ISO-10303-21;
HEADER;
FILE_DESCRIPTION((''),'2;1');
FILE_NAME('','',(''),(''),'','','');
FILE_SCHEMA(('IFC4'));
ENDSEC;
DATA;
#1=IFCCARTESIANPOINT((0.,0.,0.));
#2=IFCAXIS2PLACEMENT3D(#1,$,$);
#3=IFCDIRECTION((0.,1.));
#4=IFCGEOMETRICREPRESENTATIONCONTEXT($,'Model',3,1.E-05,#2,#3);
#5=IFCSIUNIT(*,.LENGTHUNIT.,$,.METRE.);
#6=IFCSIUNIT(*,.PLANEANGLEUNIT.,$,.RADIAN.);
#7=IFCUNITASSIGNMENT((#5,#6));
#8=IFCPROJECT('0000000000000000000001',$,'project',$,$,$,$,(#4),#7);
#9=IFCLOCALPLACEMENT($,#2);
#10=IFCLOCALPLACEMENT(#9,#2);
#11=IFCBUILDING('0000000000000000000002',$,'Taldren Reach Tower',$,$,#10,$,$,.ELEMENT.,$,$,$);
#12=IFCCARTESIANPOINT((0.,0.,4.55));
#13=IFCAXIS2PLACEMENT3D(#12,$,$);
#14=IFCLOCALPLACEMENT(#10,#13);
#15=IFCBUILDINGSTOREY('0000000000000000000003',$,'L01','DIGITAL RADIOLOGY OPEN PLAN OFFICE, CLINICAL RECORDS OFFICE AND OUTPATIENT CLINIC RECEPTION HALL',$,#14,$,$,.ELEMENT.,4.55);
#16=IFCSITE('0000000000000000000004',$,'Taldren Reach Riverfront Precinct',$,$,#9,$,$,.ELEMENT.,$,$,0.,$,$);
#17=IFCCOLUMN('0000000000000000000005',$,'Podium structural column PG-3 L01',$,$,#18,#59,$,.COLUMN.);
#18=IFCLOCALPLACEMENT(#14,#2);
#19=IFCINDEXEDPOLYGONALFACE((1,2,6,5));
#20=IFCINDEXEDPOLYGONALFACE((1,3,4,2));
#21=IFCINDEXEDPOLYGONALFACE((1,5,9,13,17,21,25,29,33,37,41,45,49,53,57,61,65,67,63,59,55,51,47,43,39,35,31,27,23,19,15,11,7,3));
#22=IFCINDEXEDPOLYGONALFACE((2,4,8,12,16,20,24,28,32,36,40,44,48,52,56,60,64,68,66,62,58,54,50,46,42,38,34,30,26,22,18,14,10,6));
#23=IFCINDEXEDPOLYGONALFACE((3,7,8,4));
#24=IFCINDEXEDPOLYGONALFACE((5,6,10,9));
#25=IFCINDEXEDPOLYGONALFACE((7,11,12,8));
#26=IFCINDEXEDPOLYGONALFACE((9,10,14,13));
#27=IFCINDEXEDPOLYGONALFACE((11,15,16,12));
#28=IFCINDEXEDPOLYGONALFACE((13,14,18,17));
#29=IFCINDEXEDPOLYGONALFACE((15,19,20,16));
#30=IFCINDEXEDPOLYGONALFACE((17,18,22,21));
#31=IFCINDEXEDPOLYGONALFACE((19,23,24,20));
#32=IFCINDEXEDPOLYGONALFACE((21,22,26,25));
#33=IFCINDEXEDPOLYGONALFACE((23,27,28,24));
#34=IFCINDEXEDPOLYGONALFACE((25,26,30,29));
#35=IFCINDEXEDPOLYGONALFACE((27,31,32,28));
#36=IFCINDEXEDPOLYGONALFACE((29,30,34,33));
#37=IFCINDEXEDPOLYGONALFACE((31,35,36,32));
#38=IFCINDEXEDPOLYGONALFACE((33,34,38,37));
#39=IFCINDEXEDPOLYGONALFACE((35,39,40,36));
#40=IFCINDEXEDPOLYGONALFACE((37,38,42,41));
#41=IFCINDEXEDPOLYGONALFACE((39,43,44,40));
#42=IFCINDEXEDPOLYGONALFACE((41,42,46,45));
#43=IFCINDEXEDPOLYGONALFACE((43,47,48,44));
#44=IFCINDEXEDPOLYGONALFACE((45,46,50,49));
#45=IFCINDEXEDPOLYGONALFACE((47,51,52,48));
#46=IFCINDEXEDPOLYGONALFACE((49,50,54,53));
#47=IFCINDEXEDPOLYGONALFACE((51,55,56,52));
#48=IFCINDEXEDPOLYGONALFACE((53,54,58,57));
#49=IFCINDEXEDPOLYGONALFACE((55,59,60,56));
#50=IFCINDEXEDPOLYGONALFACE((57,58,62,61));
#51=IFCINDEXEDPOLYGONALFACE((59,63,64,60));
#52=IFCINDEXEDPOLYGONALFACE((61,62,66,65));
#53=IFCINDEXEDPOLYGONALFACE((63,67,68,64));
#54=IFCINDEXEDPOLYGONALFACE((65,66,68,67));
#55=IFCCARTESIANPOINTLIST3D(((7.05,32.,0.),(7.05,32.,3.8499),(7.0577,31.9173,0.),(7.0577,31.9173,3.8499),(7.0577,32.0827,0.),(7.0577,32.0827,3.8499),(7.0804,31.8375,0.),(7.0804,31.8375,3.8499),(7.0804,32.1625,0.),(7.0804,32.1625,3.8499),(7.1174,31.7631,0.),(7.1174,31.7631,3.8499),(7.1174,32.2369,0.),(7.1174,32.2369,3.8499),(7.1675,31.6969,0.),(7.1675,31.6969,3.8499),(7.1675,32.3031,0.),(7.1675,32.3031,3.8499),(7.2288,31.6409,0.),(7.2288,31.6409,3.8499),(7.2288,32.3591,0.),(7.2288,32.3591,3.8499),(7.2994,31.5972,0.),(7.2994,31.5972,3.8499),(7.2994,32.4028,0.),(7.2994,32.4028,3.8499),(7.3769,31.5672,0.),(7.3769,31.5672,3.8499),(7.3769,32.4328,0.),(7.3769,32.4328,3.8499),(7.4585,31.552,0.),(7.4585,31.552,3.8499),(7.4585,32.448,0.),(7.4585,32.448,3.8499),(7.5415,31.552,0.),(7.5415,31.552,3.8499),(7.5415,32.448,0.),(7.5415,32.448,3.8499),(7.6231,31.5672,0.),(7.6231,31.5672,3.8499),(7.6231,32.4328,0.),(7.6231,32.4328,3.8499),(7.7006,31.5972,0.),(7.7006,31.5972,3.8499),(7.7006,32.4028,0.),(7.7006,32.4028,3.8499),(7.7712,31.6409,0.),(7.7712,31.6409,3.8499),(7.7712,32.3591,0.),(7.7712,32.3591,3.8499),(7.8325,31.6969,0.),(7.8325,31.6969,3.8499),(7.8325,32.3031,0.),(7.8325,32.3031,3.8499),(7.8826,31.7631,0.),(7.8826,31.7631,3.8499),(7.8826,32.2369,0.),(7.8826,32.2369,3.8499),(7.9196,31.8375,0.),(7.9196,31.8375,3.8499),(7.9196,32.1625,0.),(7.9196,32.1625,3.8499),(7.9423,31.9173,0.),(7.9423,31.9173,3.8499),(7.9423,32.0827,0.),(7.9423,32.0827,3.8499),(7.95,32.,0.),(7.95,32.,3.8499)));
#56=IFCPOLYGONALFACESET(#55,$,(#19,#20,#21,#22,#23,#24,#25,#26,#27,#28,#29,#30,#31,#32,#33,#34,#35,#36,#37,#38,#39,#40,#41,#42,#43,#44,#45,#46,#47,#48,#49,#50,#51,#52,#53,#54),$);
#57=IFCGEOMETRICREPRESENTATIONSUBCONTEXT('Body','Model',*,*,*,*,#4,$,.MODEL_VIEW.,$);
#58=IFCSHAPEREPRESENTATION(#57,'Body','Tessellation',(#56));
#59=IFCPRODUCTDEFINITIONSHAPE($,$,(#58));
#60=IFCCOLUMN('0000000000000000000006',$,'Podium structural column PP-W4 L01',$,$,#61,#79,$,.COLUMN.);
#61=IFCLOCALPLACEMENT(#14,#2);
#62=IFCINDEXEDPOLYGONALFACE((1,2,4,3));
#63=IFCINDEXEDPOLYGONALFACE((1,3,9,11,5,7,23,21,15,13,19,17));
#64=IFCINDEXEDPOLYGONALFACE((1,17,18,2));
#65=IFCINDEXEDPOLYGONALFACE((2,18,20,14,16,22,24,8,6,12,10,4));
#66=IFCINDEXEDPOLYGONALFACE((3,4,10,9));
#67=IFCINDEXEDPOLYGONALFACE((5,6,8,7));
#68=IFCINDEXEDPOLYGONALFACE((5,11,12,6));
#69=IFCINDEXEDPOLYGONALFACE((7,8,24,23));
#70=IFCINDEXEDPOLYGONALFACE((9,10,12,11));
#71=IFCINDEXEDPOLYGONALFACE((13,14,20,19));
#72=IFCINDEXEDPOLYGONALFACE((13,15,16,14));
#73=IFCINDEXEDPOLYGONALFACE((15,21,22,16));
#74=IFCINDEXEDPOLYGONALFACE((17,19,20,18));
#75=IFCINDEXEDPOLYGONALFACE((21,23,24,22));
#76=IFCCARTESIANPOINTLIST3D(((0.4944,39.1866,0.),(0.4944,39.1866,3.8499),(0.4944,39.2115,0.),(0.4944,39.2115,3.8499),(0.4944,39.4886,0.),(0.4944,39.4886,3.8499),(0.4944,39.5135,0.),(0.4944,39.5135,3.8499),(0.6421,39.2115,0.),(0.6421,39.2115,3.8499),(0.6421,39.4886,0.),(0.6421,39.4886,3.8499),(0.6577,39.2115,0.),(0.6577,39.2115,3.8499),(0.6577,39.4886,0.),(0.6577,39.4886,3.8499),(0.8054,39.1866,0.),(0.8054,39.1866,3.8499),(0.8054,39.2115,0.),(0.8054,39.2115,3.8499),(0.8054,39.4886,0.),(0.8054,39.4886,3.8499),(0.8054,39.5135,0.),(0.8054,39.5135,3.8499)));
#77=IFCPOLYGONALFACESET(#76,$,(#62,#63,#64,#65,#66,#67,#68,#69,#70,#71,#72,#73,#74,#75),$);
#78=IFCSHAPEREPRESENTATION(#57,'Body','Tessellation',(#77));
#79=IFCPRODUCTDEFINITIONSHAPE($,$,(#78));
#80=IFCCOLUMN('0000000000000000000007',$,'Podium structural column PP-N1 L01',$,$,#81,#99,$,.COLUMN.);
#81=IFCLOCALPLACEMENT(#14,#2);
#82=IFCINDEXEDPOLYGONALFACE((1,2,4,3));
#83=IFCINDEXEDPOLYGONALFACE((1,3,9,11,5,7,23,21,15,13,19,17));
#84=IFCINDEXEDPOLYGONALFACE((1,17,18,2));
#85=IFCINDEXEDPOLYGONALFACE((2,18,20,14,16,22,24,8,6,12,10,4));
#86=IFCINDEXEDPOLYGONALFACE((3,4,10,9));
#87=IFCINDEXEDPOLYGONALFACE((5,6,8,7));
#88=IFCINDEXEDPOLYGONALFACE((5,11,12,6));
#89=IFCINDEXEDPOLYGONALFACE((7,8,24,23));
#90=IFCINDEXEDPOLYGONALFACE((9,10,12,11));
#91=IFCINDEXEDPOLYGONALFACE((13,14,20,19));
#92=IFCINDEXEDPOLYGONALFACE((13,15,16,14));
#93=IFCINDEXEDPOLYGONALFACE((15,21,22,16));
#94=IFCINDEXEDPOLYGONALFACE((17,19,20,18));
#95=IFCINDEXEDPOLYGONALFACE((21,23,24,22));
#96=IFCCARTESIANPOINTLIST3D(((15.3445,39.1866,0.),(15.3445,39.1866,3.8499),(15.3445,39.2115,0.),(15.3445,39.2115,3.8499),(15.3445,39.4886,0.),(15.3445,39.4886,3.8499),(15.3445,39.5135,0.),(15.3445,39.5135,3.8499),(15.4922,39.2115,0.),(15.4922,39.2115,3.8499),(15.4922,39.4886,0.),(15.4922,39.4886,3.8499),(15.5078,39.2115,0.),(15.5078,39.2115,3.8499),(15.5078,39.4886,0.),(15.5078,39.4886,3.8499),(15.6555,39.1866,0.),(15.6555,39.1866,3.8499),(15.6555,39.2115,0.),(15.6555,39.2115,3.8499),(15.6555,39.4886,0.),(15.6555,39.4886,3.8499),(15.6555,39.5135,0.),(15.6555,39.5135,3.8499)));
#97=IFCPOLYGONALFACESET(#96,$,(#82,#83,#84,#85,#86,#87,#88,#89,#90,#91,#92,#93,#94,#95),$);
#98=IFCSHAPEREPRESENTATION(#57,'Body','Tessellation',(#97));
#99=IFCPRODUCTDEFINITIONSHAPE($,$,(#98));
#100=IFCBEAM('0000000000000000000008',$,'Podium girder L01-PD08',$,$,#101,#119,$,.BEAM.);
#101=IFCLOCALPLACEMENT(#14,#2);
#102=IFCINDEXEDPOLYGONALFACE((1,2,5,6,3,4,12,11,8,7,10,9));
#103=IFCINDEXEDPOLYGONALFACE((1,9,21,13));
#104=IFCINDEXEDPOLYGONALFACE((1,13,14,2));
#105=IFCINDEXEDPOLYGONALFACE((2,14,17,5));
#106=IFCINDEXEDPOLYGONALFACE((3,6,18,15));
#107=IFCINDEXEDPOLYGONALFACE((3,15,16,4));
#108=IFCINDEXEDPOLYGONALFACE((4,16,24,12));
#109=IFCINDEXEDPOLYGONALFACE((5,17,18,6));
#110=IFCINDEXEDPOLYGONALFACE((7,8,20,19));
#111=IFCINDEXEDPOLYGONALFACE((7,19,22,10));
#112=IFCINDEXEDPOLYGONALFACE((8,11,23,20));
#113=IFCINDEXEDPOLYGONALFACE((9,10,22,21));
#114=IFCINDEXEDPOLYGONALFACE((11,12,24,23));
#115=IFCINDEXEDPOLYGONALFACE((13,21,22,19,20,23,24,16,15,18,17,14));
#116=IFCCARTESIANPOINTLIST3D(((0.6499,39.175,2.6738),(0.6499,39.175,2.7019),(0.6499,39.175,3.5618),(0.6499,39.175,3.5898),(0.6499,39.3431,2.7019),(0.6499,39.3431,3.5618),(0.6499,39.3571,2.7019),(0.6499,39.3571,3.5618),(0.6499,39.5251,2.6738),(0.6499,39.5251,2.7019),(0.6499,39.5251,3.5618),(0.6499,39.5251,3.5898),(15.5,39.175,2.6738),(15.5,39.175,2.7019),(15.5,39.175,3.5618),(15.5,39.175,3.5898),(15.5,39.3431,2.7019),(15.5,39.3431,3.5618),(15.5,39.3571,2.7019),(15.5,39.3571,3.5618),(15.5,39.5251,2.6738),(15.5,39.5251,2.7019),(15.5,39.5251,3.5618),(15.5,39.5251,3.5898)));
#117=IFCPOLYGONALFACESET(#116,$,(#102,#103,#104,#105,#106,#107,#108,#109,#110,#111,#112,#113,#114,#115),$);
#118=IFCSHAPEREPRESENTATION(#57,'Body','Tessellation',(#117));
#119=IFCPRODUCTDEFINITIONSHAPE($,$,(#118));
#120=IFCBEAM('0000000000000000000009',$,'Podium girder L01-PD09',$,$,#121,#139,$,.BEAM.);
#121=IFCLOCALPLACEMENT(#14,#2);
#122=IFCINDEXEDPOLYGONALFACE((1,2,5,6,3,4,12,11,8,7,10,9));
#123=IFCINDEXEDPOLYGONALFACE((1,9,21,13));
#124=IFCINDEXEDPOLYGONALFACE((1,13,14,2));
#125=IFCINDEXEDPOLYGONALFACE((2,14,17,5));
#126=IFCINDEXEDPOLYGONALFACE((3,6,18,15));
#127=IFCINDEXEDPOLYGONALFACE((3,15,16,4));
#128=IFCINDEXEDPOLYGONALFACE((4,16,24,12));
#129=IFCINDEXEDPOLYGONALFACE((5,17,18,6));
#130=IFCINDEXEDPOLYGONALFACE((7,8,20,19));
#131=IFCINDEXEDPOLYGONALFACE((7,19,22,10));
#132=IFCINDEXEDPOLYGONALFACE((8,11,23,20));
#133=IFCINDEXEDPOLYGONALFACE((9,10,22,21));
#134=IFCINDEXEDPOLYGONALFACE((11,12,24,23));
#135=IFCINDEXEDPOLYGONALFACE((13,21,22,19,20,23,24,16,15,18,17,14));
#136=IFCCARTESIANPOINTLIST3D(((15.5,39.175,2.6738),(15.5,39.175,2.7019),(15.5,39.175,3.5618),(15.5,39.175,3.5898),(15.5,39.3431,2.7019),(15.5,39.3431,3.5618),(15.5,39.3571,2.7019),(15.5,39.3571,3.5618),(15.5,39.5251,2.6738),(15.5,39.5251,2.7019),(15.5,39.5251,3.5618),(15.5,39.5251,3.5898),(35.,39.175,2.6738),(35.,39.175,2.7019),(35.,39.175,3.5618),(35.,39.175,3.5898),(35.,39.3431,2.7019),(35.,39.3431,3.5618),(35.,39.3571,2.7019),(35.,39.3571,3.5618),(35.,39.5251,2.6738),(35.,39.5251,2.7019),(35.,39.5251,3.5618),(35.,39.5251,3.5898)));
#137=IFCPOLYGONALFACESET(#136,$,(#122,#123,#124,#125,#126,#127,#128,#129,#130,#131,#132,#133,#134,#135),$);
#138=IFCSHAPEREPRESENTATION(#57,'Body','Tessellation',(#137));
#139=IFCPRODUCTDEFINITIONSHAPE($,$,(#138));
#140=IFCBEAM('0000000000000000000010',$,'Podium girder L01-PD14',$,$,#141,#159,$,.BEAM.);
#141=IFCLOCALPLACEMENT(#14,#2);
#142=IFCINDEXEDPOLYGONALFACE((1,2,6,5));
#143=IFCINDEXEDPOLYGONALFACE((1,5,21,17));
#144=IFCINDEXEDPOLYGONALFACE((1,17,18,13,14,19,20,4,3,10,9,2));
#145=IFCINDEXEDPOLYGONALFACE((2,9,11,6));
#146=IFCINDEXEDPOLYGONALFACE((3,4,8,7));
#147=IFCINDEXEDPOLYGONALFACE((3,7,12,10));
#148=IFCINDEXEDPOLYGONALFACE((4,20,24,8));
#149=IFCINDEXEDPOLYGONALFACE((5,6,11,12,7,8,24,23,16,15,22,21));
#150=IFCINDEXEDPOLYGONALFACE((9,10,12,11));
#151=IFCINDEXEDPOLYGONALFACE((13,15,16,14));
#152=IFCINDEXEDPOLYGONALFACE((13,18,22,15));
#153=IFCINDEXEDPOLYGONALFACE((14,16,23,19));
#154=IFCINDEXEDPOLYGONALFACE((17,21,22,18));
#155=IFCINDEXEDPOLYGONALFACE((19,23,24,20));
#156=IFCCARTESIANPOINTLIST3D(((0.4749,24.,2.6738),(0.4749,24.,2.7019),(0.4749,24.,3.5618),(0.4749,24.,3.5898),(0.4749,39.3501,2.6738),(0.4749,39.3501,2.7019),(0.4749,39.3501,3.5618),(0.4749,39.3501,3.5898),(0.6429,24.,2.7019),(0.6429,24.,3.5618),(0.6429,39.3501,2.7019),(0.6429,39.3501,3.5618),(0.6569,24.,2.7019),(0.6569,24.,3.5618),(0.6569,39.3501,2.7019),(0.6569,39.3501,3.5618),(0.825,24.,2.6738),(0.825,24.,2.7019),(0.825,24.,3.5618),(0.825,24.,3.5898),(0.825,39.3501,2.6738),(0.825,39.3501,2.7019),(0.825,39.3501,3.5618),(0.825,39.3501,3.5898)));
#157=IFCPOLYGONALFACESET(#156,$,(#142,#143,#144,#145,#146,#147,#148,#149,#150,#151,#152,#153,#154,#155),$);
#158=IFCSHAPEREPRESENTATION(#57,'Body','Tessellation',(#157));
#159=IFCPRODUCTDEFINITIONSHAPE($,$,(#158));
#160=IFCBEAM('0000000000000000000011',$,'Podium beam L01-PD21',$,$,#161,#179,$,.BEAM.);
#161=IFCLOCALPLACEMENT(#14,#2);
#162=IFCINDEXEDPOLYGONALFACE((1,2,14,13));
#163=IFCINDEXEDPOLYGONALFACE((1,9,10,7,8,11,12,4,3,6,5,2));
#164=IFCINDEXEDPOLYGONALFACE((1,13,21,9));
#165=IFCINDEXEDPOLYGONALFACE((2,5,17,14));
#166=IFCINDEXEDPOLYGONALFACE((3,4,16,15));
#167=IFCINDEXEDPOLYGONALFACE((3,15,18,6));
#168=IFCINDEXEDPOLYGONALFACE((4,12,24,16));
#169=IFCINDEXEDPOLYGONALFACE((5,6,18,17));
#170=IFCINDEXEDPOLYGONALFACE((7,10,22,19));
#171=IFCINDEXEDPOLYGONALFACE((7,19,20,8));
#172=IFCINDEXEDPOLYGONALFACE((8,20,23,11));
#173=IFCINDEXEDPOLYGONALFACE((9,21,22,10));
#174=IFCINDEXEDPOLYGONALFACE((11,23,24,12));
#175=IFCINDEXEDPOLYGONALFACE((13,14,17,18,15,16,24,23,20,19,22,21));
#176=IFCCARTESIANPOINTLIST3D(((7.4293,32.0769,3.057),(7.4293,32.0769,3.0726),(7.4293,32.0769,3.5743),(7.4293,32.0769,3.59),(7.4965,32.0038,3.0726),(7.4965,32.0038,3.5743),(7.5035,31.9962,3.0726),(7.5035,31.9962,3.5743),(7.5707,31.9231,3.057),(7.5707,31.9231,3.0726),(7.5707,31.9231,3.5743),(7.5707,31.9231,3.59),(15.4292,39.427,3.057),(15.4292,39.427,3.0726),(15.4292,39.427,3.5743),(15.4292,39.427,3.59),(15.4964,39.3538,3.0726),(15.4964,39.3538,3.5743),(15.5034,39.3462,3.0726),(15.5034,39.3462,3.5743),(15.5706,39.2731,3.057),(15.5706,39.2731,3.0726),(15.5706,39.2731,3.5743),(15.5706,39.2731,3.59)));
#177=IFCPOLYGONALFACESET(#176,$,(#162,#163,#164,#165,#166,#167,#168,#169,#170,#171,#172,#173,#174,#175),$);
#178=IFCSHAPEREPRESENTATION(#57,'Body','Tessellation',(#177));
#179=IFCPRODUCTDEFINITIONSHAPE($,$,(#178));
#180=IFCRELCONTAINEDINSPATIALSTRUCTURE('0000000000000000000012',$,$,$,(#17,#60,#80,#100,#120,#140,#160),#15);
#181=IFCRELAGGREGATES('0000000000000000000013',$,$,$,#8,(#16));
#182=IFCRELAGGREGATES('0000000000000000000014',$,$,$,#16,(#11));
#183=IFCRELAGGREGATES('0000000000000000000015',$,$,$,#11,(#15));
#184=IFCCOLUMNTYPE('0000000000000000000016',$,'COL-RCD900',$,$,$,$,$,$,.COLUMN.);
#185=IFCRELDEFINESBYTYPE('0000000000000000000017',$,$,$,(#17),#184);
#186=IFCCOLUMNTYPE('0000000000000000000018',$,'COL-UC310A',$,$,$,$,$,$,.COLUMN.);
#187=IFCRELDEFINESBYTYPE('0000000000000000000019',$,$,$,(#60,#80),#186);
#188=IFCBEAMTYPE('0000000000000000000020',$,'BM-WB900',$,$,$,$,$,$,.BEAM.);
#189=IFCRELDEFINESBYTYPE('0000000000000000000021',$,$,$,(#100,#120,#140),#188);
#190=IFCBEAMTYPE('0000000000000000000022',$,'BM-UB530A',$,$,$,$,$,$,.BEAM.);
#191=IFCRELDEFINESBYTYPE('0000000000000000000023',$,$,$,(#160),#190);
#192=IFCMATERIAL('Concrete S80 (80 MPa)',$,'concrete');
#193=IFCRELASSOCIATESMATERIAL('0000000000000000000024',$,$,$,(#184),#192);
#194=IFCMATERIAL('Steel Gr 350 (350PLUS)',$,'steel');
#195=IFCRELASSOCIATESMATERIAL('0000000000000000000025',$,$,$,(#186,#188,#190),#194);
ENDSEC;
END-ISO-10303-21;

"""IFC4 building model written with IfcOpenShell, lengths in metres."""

from ifc_helpers import new_model, si_unit, direction, frame, origin, origin_2d, place, context, subcontext, project, spatial, circle, i_section, extrude, source, transform, mapped, material, material_profile, profile_set, type_object, element, save


model = new_model("IFC4")

# Units and contexts
model_context = context("Model", 3, precision=1e-05, world=origin(), true_north=direction((0.0, 1.0)))
body_context = subcontext(model_context, "Body", "Model", "MODEL_VIEW")
ifc_project = project(units=[si_unit("LENGTHUNIT", "METRE"), si_unit("PLANEANGLEUNIT", "RADIAN")], contexts=[model_context])

# Site, building, storey
site_placement = place(None, origin())
site = spatial("IfcSite", under=ifc_project, at=site_placement, Name="Taldren Reach Riverfront Precinct", CompositionType="ELEMENT", RefElevation=0.0)
building_placement = place(site_placement, origin())
building = spatial("IfcBuilding", under=site, at=building_placement, Name="Taldren Reach Tower", CompositionType="ELEMENT")
storey_placement = place(building_placement, frame((0.0, 0.0, 4.55)))
storey = spatial("IfcBuildingStorey", under=building, at=storey_placement, Name="L01", Description="DIGITAL RADIOLOGY OPEN PLAN OFFICE, CLINICAL RECORDS OFFICE AND OUTPATIENT CLINIC RECEPTION HALL", CompositionType="ELEMENT", Elevation=4.55)

# Columns
ifc_material_1 = material(Name="Concrete S80 (80 MPa)", Category="concrete")
ifc_material_profile_1 = material_profile(ifc_material_1, circle(Radius=0.45, at=origin_2d()), Name="RC-900D")
ifc_profile_set_1 = profile_set([ifc_material_profile_1], Name="Concrete S80 (80 MPa)")
column_type_1 = type_object("IfcColumnType", Name="COL-RCD900", PredefinedType="COLUMN", material=ifc_profile_set_1)
shared_shape_1 = source(origin(), body_context, "Body", "SweptSolid", [
    extrude(circle(Radius=0.45, at=origin_2d()), origin(), (0.0, 0.0, 1.0), 3.8499),
])
column_placement = place(storey_placement, frame((7.5, 32.0, 0.0), z_axis=(0.0, 0.0, 1.0), x_axis=(1.0, 0.0, 0.0)))
element("IfcColumn", 1, at=column_placement, inside=storey, type_object=column_type_1, Name="Podium structural column PG-3 L01", PredefinedType="COLUMN", context=body_context, shape_type="MappedRepresentation", body=[
    mapped(shared_shape_1, transform((0.0, 0.0, 0.0), scale=1.0)),
])
ifc_material_2 = material(Name="Steel Gr 350 (350PLUS)", Category="steel")
ifc_material_profile_2 = material_profile(ifc_material_2, i_section(OverallWidth=0.311, OverallDepth=0.3269, WebThickness=0.0156, FlangeThickness=0.0249, at=origin_2d()), Name="310UC158")
ifc_profile_set_2 = profile_set([ifc_material_profile_2], Name="Steel Gr 350 (350PLUS)")
column_type_2 = type_object("IfcColumnType", Name="COL-UC310A", PredefinedType="COLUMN", material=ifc_profile_set_2)
shared_shape_2 = source(origin(), body_context, "Body", "SweptSolid", [
    extrude(i_section(OverallWidth=0.311, OverallDepth=0.3269, WebThickness=0.0156, FlangeThickness=0.0249, at=origin_2d()), origin(), (0.0, 0.0, 1.0), 3.8499),
])
for number, where, z_axis, x_axis, name in (
    (2, (0.6499, 39.3501, 0.0), (0.0, 0.0, 1.0), (1.0, 0.0, 0.0), "Podium structural column PP-W4 L01"),
    (3, (15.5, 39.3501, 0.0), (0.0, 0.0, 1.0), (1.0, 0.0, 0.0), "Podium structural column PP-N1 L01"),
):
    element("IfcColumn", number, at=place(storey_placement, frame(where, z_axis=z_axis, x_axis=x_axis)), inside=storey, type_object=column_type_2, Name=name, PredefinedType="COLUMN", context=body_context, shape_type="MappedRepresentation", body=[
        mapped(shared_shape_2, transform((0.0, 0.0, 0.0), scale=1.0)),
    ])

# Beams
ifc_material_profile_3 = material_profile(ifc_material_2, i_section(OverallWidth=0.3501, OverallDepth=0.916, WebThickness=0.0139, FlangeThickness=0.0281, at=origin_2d()), Name="900WB257")
ifc_profile_set_3 = profile_set([ifc_material_profile_3], Name="Steel Gr 350 (350PLUS)")
beam_type_1 = type_object("IfcBeamType", Name="BM-WB900", PredefinedType="BEAM", material=ifc_profile_set_3)
shared_shape_3 = source(origin(), body_context, "Body", "SweptSolid", [
    extrude(i_section(OverallWidth=0.3501, OverallDepth=0.916, WebThickness=0.0139, FlangeThickness=0.0281, at=origin_2d()), origin(), (0.0, 0.0, 1.0), 14.8501),
])
beam_1_placement = place(storey_placement, frame((0.6499, 39.3501, 3.1318), z_axis=(1.0, 0.0, 0.0), x_axis=(0.0, 1.0, 0.0)))
element("IfcBeam", 4, at=beam_1_placement, inside=storey, type_object=beam_type_1, Name="Podium girder L01-PD08", PredefinedType="BEAM", context=body_context, shape_type="MappedRepresentation", body=[
    mapped(shared_shape_3, transform((0.0, 0.0, 0.0), scale=1.0)),
])
shared_shape_4 = source(origin(), body_context, "Body", "SweptSolid", [
    extrude(i_section(OverallWidth=0.3501, OverallDepth=0.916, WebThickness=0.0139, FlangeThickness=0.0281, at=origin_2d()), origin(), (0.0, 0.0, 1.0), 19.5),
])
beam_2_placement = place(storey_placement, frame((15.5, 39.3501, 3.1318), z_axis=(1.0, 0.0, 0.0), x_axis=(0.0, 1.0, 0.0)))
element("IfcBeam", 5, at=beam_2_placement, inside=storey, type_object=beam_type_1, Name="Podium girder L01-PD09", PredefinedType="BEAM", context=body_context, shape_type="MappedRepresentation", body=[
    mapped(shared_shape_4, transform((0.0, 0.0, 0.0), scale=1.0)),
])
shared_shape_5 = source(origin(), body_context, "Body", "SweptSolid", [
    extrude(i_section(OverallWidth=0.3501, OverallDepth=0.916, WebThickness=0.0139, FlangeThickness=0.0281, at=origin_2d()), origin(), (0.0, 0.0, 1.0), 15.3501),
])
beam_3_placement = place(storey_placement, frame((0.6499, 24.0, 3.1318), z_axis=(0.0, 1.0, 0.0), x_axis=(-1.0, 0.0, 0.0)))
element("IfcBeam", 6, at=beam_3_placement, inside=storey, type_object=beam_type_1, Name="Podium girder L01-PD14", PredefinedType="BEAM", context=body_context, shape_type="MappedRepresentation", body=[
    mapped(shared_shape_5, transform((0.0, 0.0, 0.0), scale=1.0)),
])
ifc_material_profile_4 = material_profile(ifc_material_2, i_section(OverallWidth=0.209, OverallDepth=0.533, WebThickness=0.0103, FlangeThickness=0.0156, at=origin_2d()), Name="530UB92.4")
ifc_profile_set_4 = profile_set([ifc_material_profile_4], Name="Steel Gr 350 (350PLUS)")
beam_type_2 = type_object("IfcBeamType", Name="BM-UB530A", PredefinedType="BEAM", material=ifc_profile_set_4)
shared_shape_6 = source(origin(), body_context, "Body", "SweptSolid", [
    extrude(i_section(OverallWidth=0.209, OverallDepth=0.533, WebThickness=0.0103, FlangeThickness=0.0156, at=origin_2d()), origin(), (0.0, 0.0, 1.0), 10.8638),
])
beam_4_placement = place(storey_placement, frame((7.5, 32.0, 3.3235), z_axis=(0.736385, 0.676563, 0.0), x_axis=(-0.676563, 0.736385, 0.0)))
element("IfcBeam", 7, at=beam_4_placement, inside=storey, type_object=beam_type_2, Name="Podium beam L01-PD21", PredefinedType="BEAM", context=body_context, shape_type="MappedRepresentation", body=[
    mapped(shared_shape_6, transform((0.0, 0.0, 0.0), scale=1.0)),
])

save(model, "model.ifc")
